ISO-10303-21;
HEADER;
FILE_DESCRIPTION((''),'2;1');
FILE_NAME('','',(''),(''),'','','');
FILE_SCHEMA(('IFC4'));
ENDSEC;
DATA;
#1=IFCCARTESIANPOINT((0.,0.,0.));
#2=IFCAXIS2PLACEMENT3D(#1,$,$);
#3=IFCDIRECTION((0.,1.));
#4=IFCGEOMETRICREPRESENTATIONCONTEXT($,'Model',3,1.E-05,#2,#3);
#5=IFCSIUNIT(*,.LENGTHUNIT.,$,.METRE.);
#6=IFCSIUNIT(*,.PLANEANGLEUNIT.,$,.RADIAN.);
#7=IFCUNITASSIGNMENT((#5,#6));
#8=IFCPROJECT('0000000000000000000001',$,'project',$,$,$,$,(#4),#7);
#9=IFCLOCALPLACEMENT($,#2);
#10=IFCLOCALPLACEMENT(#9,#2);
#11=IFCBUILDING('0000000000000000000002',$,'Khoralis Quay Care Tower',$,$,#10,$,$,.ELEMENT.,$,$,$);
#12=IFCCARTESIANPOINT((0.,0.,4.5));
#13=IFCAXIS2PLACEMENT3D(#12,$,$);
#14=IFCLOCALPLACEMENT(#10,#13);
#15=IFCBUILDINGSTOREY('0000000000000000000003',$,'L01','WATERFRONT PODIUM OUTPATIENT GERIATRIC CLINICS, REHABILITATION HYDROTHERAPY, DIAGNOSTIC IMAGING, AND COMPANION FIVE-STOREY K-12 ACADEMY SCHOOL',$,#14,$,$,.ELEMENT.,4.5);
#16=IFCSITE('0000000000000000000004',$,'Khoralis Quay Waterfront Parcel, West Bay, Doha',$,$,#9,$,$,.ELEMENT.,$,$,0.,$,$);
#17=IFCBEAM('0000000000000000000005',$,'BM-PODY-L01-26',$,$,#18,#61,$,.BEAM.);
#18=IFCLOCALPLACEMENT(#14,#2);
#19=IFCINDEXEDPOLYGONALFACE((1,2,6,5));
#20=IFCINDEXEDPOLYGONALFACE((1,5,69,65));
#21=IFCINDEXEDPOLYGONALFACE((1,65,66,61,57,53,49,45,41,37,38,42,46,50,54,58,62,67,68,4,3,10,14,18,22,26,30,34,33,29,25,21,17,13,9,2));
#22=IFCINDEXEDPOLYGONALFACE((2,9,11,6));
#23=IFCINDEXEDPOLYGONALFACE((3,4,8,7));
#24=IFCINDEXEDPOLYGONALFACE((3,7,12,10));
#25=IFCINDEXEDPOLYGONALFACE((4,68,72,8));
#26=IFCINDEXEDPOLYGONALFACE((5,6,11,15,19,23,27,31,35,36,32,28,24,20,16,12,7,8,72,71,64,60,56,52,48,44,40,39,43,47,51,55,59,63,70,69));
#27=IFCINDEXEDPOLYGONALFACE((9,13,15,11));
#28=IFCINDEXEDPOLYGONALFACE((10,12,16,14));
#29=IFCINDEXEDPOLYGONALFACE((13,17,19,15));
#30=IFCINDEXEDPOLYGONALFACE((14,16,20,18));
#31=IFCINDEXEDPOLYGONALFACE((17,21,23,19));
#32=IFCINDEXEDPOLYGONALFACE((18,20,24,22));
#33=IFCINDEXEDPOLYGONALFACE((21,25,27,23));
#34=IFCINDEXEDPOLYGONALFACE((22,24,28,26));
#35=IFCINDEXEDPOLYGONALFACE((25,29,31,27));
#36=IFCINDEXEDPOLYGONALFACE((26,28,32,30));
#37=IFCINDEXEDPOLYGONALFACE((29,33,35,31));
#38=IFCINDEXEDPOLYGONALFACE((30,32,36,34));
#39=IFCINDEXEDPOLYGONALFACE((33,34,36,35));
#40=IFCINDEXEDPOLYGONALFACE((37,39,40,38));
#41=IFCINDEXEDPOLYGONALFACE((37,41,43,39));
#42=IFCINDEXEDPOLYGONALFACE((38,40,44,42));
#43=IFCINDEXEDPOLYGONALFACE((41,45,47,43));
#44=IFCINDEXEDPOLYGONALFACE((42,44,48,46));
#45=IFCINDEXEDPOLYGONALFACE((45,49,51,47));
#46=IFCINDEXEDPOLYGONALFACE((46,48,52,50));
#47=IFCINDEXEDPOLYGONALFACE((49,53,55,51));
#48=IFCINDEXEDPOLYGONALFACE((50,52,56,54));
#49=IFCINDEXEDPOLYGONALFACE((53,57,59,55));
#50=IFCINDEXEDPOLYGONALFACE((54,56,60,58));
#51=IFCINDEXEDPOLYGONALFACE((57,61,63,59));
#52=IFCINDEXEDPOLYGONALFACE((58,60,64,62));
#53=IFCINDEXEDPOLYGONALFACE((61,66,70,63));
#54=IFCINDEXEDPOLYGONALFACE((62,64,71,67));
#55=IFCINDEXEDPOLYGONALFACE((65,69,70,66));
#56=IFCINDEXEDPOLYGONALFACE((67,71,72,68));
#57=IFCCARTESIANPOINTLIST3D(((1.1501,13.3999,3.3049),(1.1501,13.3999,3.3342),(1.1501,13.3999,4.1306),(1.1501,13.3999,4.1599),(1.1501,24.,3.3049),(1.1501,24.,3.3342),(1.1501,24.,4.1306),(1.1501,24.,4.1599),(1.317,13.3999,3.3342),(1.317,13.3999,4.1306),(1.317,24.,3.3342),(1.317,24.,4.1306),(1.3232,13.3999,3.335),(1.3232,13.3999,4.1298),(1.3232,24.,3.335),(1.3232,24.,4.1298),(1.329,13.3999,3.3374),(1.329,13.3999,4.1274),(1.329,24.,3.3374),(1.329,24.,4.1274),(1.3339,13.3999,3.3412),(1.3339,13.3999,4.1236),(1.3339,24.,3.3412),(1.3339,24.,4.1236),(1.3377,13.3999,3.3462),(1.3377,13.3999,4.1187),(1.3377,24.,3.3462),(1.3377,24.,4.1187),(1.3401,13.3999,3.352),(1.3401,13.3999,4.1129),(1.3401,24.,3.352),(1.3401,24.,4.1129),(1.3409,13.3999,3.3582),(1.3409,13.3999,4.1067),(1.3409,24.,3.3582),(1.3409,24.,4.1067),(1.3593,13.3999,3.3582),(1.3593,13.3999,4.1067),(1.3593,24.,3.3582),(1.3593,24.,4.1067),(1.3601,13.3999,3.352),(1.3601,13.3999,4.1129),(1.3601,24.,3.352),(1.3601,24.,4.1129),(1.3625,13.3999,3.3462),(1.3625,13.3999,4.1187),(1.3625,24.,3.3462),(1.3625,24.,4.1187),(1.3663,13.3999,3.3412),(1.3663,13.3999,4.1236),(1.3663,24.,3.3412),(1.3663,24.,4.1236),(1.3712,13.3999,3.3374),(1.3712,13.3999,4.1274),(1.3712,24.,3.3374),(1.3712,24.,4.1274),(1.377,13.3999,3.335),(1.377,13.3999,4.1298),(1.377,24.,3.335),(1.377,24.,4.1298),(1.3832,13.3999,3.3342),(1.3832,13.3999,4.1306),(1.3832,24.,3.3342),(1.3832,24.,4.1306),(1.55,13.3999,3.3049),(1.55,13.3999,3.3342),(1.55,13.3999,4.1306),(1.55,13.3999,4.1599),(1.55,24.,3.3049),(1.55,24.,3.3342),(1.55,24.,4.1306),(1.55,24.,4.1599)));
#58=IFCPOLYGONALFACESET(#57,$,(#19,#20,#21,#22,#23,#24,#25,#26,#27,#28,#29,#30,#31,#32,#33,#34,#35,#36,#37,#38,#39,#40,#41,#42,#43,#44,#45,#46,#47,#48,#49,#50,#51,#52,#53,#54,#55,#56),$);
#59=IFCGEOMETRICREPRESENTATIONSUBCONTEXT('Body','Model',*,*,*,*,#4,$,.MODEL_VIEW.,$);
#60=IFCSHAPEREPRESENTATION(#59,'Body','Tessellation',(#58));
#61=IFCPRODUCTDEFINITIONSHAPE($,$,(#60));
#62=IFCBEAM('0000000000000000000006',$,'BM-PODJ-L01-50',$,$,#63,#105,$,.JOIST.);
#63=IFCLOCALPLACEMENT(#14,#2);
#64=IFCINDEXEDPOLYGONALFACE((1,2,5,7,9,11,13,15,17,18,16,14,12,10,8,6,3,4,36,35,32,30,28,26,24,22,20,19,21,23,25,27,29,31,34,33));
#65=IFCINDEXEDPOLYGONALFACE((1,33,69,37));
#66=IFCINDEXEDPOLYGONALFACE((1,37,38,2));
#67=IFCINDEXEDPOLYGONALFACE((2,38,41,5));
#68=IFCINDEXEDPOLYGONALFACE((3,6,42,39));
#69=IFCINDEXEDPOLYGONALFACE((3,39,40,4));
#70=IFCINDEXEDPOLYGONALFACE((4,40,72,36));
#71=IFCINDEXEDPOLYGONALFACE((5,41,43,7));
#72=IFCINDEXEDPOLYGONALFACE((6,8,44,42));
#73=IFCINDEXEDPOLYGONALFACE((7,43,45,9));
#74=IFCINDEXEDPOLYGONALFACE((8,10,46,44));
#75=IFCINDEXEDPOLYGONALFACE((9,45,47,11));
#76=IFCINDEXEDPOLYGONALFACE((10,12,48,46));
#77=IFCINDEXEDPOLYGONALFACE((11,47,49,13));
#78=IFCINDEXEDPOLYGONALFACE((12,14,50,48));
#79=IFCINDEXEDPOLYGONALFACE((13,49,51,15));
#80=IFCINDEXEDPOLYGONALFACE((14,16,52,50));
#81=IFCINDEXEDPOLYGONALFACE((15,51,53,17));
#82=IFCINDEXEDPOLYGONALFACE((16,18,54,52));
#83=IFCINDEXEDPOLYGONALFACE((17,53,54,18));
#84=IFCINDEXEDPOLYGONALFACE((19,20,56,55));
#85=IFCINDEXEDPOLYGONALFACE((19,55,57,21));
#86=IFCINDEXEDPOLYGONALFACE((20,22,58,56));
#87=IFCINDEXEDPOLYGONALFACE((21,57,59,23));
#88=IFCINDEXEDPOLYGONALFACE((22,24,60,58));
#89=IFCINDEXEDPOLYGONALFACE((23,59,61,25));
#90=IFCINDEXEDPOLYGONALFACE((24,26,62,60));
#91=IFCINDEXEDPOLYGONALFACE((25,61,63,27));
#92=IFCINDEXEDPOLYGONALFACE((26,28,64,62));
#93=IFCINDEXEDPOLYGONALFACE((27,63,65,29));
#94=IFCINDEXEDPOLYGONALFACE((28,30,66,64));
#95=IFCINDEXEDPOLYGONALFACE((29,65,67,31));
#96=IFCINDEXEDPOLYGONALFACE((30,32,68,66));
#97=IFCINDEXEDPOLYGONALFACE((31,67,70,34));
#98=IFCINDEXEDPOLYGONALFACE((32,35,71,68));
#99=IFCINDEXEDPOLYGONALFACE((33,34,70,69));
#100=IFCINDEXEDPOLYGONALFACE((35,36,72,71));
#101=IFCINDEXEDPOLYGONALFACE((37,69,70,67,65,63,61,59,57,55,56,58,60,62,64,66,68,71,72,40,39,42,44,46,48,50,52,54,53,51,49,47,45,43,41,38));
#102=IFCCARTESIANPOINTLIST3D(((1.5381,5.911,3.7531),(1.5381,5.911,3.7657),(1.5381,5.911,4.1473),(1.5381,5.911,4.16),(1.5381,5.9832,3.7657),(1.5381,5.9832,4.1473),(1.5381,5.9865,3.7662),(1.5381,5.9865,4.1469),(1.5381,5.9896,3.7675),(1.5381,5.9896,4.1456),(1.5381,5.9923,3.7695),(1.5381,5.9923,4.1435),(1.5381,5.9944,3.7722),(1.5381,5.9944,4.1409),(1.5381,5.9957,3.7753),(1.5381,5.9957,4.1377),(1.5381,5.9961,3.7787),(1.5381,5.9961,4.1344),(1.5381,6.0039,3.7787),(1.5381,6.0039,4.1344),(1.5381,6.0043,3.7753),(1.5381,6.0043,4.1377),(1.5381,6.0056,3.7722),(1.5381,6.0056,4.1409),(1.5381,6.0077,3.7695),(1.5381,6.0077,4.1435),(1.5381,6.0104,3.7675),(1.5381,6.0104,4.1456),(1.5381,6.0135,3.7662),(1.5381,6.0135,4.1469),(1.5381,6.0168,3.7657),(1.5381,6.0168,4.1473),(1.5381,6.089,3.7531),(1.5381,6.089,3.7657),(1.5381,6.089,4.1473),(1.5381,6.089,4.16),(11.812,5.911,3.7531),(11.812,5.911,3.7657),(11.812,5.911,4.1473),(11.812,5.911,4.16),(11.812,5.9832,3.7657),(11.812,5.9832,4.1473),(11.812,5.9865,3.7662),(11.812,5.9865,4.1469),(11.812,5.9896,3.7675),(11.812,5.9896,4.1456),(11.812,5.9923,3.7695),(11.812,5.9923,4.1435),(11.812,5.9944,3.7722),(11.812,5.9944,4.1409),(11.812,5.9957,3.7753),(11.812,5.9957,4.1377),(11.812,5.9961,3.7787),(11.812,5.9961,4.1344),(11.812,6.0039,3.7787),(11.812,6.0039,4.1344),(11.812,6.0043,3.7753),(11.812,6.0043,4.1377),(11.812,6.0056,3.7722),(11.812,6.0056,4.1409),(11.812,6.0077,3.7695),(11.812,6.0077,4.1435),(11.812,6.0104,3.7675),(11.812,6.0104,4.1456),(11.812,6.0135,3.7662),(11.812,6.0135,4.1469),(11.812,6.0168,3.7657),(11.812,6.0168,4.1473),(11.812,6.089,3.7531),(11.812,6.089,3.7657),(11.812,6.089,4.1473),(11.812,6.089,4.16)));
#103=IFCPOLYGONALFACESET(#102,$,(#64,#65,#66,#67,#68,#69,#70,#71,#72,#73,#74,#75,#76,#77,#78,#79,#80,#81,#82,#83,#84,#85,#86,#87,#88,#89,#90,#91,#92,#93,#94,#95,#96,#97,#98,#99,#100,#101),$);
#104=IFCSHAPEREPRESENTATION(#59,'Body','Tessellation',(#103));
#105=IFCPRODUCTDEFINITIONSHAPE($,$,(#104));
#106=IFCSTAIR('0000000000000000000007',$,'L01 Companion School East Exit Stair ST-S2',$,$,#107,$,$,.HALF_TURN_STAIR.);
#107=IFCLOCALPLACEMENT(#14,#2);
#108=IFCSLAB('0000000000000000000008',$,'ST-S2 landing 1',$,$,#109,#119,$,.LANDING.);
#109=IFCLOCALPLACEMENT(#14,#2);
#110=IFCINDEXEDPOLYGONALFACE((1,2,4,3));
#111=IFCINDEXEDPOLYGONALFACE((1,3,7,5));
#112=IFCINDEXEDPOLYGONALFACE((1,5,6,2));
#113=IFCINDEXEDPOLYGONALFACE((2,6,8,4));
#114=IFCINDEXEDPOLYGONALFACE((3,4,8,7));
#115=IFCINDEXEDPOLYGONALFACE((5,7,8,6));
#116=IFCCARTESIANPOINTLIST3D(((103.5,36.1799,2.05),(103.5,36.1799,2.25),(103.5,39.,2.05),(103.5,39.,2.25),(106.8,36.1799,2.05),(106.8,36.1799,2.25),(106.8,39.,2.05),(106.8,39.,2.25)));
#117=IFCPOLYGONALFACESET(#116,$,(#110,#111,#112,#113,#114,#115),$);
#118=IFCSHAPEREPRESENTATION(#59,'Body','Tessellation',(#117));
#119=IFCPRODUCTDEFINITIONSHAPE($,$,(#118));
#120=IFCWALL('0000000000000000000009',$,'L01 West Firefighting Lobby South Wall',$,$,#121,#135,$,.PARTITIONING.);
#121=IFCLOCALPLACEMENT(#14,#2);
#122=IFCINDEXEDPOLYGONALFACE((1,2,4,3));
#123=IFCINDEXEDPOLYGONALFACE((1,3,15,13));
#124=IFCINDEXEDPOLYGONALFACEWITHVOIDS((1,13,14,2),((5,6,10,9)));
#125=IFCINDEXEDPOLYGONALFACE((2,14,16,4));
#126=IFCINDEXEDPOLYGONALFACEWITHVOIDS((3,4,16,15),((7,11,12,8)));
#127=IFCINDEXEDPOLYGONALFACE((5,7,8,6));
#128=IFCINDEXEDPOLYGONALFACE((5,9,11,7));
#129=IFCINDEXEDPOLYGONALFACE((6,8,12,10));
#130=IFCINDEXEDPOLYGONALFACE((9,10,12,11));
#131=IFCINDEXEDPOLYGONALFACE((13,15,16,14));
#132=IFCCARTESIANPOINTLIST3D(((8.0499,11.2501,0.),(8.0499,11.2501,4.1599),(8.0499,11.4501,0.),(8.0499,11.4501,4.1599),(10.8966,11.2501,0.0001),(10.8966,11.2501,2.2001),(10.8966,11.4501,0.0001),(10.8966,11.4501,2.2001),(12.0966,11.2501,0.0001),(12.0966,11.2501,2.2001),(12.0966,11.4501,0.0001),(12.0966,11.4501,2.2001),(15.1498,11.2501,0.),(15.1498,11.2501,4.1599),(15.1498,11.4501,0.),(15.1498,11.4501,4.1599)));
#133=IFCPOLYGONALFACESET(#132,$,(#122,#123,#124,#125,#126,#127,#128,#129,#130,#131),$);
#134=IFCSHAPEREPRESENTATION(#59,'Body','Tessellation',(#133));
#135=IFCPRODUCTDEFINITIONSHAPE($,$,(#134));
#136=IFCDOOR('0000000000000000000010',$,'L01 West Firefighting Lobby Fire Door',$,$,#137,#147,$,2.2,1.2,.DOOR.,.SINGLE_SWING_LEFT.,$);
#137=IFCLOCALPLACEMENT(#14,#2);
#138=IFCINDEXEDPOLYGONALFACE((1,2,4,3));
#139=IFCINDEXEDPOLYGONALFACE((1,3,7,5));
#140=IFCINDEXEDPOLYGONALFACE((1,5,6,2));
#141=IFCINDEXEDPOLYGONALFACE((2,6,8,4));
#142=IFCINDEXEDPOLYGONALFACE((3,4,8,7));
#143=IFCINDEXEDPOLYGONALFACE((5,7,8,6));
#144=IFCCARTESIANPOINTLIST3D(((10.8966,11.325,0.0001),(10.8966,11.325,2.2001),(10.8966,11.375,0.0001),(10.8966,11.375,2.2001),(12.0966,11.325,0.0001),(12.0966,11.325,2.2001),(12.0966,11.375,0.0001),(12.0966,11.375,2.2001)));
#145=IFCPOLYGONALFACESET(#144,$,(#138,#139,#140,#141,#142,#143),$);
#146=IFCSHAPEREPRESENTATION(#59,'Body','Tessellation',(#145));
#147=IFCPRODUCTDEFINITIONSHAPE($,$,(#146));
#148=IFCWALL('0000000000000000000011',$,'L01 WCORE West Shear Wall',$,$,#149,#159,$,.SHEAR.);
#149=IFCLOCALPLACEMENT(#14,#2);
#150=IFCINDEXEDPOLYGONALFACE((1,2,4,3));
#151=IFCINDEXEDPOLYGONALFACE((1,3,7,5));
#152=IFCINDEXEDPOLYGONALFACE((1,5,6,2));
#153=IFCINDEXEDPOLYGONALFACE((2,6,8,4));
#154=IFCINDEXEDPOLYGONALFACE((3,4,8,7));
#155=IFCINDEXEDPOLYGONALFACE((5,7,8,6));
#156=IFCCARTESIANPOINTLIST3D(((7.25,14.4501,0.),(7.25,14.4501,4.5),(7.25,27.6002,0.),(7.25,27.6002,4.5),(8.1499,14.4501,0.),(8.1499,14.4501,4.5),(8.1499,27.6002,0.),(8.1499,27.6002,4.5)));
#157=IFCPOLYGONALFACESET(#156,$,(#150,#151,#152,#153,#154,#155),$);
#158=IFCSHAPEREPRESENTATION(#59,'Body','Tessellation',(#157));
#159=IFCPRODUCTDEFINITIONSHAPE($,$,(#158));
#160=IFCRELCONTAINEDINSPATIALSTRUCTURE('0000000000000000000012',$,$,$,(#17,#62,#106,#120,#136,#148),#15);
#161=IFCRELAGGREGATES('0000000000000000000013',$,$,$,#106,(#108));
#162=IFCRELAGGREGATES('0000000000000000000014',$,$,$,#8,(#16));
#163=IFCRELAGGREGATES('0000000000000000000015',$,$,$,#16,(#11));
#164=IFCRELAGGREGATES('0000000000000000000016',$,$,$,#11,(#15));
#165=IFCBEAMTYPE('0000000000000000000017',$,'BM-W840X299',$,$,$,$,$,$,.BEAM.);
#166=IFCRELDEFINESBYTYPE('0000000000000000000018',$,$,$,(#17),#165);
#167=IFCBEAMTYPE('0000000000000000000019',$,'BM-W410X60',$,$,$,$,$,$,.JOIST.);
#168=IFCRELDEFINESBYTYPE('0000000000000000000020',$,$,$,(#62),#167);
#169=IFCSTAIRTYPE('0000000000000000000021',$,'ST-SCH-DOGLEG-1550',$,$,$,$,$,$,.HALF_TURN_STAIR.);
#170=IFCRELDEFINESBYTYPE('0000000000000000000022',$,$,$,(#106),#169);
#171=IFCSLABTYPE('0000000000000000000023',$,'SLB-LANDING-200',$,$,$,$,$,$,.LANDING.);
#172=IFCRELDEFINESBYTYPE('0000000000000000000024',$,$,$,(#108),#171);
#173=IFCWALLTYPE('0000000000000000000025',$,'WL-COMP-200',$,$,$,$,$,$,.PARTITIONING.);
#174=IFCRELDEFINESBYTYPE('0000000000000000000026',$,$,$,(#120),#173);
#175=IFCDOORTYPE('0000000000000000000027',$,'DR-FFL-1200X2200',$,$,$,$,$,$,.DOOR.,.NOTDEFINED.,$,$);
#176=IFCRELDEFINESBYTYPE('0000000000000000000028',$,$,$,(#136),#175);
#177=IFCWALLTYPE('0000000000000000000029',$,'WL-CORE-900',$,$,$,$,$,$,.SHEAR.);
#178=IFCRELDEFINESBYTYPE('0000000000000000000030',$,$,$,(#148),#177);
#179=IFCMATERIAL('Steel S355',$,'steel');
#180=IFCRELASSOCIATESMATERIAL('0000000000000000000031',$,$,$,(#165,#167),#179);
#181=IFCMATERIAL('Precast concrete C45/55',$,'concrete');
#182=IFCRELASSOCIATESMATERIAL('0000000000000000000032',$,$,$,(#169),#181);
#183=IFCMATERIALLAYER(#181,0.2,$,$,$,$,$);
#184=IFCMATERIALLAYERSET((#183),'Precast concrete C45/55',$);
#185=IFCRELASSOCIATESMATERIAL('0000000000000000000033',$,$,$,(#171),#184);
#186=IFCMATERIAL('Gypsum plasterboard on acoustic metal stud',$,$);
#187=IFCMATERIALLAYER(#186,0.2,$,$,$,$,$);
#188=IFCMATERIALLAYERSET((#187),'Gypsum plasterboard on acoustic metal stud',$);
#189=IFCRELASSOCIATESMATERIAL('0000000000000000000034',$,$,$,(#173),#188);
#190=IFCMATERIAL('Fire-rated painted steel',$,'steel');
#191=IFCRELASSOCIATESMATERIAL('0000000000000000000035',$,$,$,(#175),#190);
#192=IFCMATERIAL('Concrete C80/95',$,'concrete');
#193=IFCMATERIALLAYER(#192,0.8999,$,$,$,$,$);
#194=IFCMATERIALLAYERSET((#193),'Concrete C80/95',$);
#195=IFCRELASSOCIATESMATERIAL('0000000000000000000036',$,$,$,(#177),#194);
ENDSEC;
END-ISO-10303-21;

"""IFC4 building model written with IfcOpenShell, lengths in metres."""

from ifc_helpers import new_model, si_unit, direction, frame, frame_2d, origin, origin_2d, place, context, subcontext, project, spatial, polyline, rectangle, i_section, outline, extrude, source, transform, mapped, material, layer, layer_set, material_profile, profile_set, type_object, element, fill, aggregate, save


model = new_model("IFC4")

# Units and contexts
model_context = context("Model", 3, precision=1e-05, world=origin(), true_north=direction((0.0, 1.0)))
body_context = subcontext(model_context, "Body", "Model", "MODEL_VIEW")
ifc_project = project(units=[si_unit("LENGTHUNIT", "METRE"), si_unit("PLANEANGLEUNIT", "RADIAN")], contexts=[model_context])

# Site, building, storey
site_placement = place(None, origin())
site = spatial("IfcSite", under=ifc_project, at=site_placement, Name="Khoralis Quay Waterfront Parcel, West Bay, Doha", CompositionType="ELEMENT", RefElevation=0.0)
building_placement = place(site_placement, origin())
building = spatial("IfcBuilding", under=site, at=building_placement, Name="Khoralis Quay Care Tower", CompositionType="ELEMENT")
storey_placement = place(building_placement, frame((0.0, 0.0, 4.5)))
storey = spatial("IfcBuildingStorey", under=building, at=storey_placement, Name="L01", Description="WATERFRONT PODIUM OUTPATIENT GERIATRIC CLINICS, REHABILITATION HYDROTHERAPY, DIAGNOSTIC IMAGING, AND COMPANION FIVE-STOREY K-12 ACADEMY SCHOOL", CompositionType="ELEMENT", Elevation=4.5)

# Shared definitions
ifc_material_1 = material(Name="Concrete C80/95", Category="concrete")

# Beams
ifc_material_2 = material(Name="Steel S355", Category="steel")
ifc_material_profile_1 = material_profile(ifc_material_2, i_section(OverallWidth=0.3999, OverallDepth=0.855, WebThickness=0.0183, FlangeThickness=0.0293, FilletRadius=0.0239, at=origin_2d()), Name="Steel S355")
ifc_profile_set_1 = profile_set([ifc_material_profile_1], Name="Steel S355")
beam_type_1 = type_object("IfcBeamType", Name="BM-W840X299", PredefinedType="BEAM", material=ifc_profile_set_1)
shared_shape_1 = source(origin(), body_context, "Body", "SweptSolid", [
    extrude(i_section(OverallWidth=0.3999, OverallDepth=0.855, WebThickness=0.0183, FlangeThickness=0.0293, FilletRadius=0.0239, at=origin_2d()), origin(), (0.0, 0.0, 1.0), 10.6001),
])
beam_1_placement = place(storey_placement, frame((1.3501, 13.3999, 3.7324), z_axis=(0.0, 1.0, 0.0), x_axis=(-1.0, 0.0, 0.0)))
element("IfcBeam", 1, at=beam_1_placement, inside=storey, type_object=beam_type_1, Name="BM-PODY-L01-26", PredefinedType="BEAM", context=body_context, shape_type="MappedRepresentation", body=[
    mapped(shared_shape_1, transform((0.0, 0.0, 0.0), scale=1.0)),
])
ifc_material_profile_2 = material_profile(ifc_material_2, i_section(OverallWidth=0.178, OverallDepth=0.407, WebThickness=0.0078, FlangeThickness=0.0127, FilletRadius=0.0129, at=origin_2d()), Name="Steel S355")
ifc_profile_set_2 = profile_set([ifc_material_profile_2], Name="Steel S355")
beam_type_2 = type_object("IfcBeamType", Name="BM-W410X60", PredefinedType="JOIST", material=ifc_profile_set_2)
shared_shape_2 = source(origin(), body_context, "Body", "SweptSolid", [
    extrude(i_section(OverallWidth=0.178, OverallDepth=0.407, WebThickness=0.0078, FlangeThickness=0.0127, FilletRadius=0.0129, at=origin_2d()), origin(), (0.0, 0.0, 1.0), 10.2739),
])
beam_2_placement = place(storey_placement, frame((1.5381, 6.0, 3.9565), z_axis=(1.0, 0.0, 0.0), x_axis=(0.0, 1.0, 0.0)))
element("IfcBeam", 2, at=beam_2_placement, inside=storey, type_object=beam_type_2, Name="BM-PODJ-L01-50", PredefinedType="JOIST", context=body_context, shape_type="MappedRepresentation", body=[
    mapped(shared_shape_2, transform((0.0, 0.0, 0.0), scale=1.0)),
])

# Stair, slab
ifc_material_3 = material(Name="Precast concrete C45/55", Category="concrete")
stair_type = type_object("IfcStairType", Name="ST-SCH-DOGLEG-1550", PredefinedType="HALF_TURN_STAIR", material=ifc_material_3)
stair_placement = place(storey_placement, origin())
stair = element("IfcStair", 3, at=stair_placement, inside=storey, type_object=stair_type, Name="L01 Companion School East Exit Stair ST-S2", PredefinedType="HALF_TURN_STAIR")
ifc_layer_1 = layer(ifc_material_3, 0.2)
ifc_layer_set_1 = layer_set([ifc_layer_1], Name="Precast concrete C45/55")
slab_type = type_object("IfcSlabType", Name="SLB-LANDING-200", PredefinedType="LANDING", material=ifc_layer_set_1)
slab_placement = place(storey_placement, frame((0.0, 0.0, 2.05)))
slab = element("IfcSlab", 4, at=slab_placement, type_object=slab_type, Name="ST-S2 landing 1", PredefinedType="LANDING", context=body_context, shape_type="SweptSolid", body=[
    extrude(outline(polyline([(106.8, 36.1799), (106.8, 39.0), (103.5, 39.0), (103.5, 36.1799), (106.8, 36.1799)])), origin(), (0.0, 0.0, 1.0), 0.2),
])
aggregate(stair, [slab])

# Wall, opening, door
ifc_material_4 = material(Name="Gypsum plasterboard on acoustic metal stud")
ifc_layer_2 = layer(ifc_material_4, 0.2)
ifc_layer_set_2 = layer_set([ifc_layer_2], Name="Gypsum plasterboard on acoustic metal stud")
wall_type_1 = type_object("IfcWallType", Name="WL-COMP-200", PredefinedType="PARTITIONING", material=ifc_layer_set_2)
wall_1_placement = place(storey_placement, frame((8.05, 11.3501, 0.0), z_axis=(0.0, 0.0, 1.0), x_axis=(1.0, 0.0, 0.0)))
wall_1 = element("IfcWall", 5, at=wall_1_placement, inside=storey, type_object=wall_type_1, Name="L01 West Firefighting Lobby South Wall", PredefinedType="PARTITIONING", context=body_context, shape_type="SweptSolid", body=[
    extrude(rectangle(XDim=7.0999, YDim=0.2, at=frame_2d((3.5498, 0.0))), origin(), (0.0, 0.0, 1.0), 4.1599),
])
opening_1_placement = place(wall_1_placement, frame((2.8464, 0.0, 0.0)))
opening_1 = element("IfcOpeningElement", 6, at=opening_1_placement, cuts=wall_1, PredefinedType="OPENING", context=body_context, shape_type="SweptSolid", body=[
    extrude(rectangle(XDim=1.2, YDim=2.2, at=frame_2d((0.6001, 1.1001))), frame((0.0, 0.1099, 0.0), z_axis=(0.0, -1.0, 0.0), x_axis=(1.0, 0.0, 0.0)), (0.0, 0.0, 1.0), 0.22),
])
ifc_material_5 = material(Name="Fire-rated painted steel", Category="steel")
door_type_1 = type_object("IfcDoorType", Name="DR-FFL-1200X2200", OperationType="NOTDEFINED", PredefinedType="DOOR", material=ifc_material_5)
shared_shape_3 = source(origin(), body_context, "Body", "SweptSolid", [
    extrude(rectangle(XDim=1.2, YDim=2.2, at=frame_2d((0.6001, 1.1001))), frame((0.0, 0.0249, 0.0), z_axis=(0.0, -1.0, 0.0), x_axis=(1.0, 0.0, 0.0)), (0.0, 0.0, 1.0), 0.05),
])
door_1_placement = place(opening_1_placement, origin())
door_1 = element("IfcDoor", 7, at=door_1_placement, inside=storey, type_object=door_type_1, Name="L01 West Firefighting Lobby Fire Door", OperationType="SINGLE_SWING_LEFT", OverallHeight=2.2, OverallWidth=1.2, PredefinedType="DOOR", context=body_context, shape_type="MappedRepresentation", body=[
    mapped(shared_shape_3, transform((0.0, 0.0, 0.0), scale=1.0)),
])
fill(opening_1, door_1)

# Wall
ifc_layer_3 = layer(ifc_material_1, 0.8999)
ifc_layer_set_3 = layer_set([ifc_layer_3], Name="Concrete C80/95")
wall_type_2 = type_object("IfcWallType", Name="WL-CORE-900", PredefinedType="SHEAR", material=ifc_layer_set_3)
wall_2_placement = place(storey_placement, frame((7.7, 14.45, 0.0), z_axis=(0.0, 0.0, 1.0), x_axis=(0.0, 1.0, 0.0)))
element("IfcWall", 8, at=wall_2_placement, inside=storey, type_object=wall_type_2, Name="L01 WCORE West Shear Wall", PredefinedType="SHEAR", context=body_context, shape_type="SweptSolid", body=[
    extrude(rectangle(XDim=13.1501, YDim=0.8999, at=frame_2d((6.5752, 0.0))), origin(), (0.0, 0.0, 1.0), 4.5),
])

save(model, "model.ifc")
